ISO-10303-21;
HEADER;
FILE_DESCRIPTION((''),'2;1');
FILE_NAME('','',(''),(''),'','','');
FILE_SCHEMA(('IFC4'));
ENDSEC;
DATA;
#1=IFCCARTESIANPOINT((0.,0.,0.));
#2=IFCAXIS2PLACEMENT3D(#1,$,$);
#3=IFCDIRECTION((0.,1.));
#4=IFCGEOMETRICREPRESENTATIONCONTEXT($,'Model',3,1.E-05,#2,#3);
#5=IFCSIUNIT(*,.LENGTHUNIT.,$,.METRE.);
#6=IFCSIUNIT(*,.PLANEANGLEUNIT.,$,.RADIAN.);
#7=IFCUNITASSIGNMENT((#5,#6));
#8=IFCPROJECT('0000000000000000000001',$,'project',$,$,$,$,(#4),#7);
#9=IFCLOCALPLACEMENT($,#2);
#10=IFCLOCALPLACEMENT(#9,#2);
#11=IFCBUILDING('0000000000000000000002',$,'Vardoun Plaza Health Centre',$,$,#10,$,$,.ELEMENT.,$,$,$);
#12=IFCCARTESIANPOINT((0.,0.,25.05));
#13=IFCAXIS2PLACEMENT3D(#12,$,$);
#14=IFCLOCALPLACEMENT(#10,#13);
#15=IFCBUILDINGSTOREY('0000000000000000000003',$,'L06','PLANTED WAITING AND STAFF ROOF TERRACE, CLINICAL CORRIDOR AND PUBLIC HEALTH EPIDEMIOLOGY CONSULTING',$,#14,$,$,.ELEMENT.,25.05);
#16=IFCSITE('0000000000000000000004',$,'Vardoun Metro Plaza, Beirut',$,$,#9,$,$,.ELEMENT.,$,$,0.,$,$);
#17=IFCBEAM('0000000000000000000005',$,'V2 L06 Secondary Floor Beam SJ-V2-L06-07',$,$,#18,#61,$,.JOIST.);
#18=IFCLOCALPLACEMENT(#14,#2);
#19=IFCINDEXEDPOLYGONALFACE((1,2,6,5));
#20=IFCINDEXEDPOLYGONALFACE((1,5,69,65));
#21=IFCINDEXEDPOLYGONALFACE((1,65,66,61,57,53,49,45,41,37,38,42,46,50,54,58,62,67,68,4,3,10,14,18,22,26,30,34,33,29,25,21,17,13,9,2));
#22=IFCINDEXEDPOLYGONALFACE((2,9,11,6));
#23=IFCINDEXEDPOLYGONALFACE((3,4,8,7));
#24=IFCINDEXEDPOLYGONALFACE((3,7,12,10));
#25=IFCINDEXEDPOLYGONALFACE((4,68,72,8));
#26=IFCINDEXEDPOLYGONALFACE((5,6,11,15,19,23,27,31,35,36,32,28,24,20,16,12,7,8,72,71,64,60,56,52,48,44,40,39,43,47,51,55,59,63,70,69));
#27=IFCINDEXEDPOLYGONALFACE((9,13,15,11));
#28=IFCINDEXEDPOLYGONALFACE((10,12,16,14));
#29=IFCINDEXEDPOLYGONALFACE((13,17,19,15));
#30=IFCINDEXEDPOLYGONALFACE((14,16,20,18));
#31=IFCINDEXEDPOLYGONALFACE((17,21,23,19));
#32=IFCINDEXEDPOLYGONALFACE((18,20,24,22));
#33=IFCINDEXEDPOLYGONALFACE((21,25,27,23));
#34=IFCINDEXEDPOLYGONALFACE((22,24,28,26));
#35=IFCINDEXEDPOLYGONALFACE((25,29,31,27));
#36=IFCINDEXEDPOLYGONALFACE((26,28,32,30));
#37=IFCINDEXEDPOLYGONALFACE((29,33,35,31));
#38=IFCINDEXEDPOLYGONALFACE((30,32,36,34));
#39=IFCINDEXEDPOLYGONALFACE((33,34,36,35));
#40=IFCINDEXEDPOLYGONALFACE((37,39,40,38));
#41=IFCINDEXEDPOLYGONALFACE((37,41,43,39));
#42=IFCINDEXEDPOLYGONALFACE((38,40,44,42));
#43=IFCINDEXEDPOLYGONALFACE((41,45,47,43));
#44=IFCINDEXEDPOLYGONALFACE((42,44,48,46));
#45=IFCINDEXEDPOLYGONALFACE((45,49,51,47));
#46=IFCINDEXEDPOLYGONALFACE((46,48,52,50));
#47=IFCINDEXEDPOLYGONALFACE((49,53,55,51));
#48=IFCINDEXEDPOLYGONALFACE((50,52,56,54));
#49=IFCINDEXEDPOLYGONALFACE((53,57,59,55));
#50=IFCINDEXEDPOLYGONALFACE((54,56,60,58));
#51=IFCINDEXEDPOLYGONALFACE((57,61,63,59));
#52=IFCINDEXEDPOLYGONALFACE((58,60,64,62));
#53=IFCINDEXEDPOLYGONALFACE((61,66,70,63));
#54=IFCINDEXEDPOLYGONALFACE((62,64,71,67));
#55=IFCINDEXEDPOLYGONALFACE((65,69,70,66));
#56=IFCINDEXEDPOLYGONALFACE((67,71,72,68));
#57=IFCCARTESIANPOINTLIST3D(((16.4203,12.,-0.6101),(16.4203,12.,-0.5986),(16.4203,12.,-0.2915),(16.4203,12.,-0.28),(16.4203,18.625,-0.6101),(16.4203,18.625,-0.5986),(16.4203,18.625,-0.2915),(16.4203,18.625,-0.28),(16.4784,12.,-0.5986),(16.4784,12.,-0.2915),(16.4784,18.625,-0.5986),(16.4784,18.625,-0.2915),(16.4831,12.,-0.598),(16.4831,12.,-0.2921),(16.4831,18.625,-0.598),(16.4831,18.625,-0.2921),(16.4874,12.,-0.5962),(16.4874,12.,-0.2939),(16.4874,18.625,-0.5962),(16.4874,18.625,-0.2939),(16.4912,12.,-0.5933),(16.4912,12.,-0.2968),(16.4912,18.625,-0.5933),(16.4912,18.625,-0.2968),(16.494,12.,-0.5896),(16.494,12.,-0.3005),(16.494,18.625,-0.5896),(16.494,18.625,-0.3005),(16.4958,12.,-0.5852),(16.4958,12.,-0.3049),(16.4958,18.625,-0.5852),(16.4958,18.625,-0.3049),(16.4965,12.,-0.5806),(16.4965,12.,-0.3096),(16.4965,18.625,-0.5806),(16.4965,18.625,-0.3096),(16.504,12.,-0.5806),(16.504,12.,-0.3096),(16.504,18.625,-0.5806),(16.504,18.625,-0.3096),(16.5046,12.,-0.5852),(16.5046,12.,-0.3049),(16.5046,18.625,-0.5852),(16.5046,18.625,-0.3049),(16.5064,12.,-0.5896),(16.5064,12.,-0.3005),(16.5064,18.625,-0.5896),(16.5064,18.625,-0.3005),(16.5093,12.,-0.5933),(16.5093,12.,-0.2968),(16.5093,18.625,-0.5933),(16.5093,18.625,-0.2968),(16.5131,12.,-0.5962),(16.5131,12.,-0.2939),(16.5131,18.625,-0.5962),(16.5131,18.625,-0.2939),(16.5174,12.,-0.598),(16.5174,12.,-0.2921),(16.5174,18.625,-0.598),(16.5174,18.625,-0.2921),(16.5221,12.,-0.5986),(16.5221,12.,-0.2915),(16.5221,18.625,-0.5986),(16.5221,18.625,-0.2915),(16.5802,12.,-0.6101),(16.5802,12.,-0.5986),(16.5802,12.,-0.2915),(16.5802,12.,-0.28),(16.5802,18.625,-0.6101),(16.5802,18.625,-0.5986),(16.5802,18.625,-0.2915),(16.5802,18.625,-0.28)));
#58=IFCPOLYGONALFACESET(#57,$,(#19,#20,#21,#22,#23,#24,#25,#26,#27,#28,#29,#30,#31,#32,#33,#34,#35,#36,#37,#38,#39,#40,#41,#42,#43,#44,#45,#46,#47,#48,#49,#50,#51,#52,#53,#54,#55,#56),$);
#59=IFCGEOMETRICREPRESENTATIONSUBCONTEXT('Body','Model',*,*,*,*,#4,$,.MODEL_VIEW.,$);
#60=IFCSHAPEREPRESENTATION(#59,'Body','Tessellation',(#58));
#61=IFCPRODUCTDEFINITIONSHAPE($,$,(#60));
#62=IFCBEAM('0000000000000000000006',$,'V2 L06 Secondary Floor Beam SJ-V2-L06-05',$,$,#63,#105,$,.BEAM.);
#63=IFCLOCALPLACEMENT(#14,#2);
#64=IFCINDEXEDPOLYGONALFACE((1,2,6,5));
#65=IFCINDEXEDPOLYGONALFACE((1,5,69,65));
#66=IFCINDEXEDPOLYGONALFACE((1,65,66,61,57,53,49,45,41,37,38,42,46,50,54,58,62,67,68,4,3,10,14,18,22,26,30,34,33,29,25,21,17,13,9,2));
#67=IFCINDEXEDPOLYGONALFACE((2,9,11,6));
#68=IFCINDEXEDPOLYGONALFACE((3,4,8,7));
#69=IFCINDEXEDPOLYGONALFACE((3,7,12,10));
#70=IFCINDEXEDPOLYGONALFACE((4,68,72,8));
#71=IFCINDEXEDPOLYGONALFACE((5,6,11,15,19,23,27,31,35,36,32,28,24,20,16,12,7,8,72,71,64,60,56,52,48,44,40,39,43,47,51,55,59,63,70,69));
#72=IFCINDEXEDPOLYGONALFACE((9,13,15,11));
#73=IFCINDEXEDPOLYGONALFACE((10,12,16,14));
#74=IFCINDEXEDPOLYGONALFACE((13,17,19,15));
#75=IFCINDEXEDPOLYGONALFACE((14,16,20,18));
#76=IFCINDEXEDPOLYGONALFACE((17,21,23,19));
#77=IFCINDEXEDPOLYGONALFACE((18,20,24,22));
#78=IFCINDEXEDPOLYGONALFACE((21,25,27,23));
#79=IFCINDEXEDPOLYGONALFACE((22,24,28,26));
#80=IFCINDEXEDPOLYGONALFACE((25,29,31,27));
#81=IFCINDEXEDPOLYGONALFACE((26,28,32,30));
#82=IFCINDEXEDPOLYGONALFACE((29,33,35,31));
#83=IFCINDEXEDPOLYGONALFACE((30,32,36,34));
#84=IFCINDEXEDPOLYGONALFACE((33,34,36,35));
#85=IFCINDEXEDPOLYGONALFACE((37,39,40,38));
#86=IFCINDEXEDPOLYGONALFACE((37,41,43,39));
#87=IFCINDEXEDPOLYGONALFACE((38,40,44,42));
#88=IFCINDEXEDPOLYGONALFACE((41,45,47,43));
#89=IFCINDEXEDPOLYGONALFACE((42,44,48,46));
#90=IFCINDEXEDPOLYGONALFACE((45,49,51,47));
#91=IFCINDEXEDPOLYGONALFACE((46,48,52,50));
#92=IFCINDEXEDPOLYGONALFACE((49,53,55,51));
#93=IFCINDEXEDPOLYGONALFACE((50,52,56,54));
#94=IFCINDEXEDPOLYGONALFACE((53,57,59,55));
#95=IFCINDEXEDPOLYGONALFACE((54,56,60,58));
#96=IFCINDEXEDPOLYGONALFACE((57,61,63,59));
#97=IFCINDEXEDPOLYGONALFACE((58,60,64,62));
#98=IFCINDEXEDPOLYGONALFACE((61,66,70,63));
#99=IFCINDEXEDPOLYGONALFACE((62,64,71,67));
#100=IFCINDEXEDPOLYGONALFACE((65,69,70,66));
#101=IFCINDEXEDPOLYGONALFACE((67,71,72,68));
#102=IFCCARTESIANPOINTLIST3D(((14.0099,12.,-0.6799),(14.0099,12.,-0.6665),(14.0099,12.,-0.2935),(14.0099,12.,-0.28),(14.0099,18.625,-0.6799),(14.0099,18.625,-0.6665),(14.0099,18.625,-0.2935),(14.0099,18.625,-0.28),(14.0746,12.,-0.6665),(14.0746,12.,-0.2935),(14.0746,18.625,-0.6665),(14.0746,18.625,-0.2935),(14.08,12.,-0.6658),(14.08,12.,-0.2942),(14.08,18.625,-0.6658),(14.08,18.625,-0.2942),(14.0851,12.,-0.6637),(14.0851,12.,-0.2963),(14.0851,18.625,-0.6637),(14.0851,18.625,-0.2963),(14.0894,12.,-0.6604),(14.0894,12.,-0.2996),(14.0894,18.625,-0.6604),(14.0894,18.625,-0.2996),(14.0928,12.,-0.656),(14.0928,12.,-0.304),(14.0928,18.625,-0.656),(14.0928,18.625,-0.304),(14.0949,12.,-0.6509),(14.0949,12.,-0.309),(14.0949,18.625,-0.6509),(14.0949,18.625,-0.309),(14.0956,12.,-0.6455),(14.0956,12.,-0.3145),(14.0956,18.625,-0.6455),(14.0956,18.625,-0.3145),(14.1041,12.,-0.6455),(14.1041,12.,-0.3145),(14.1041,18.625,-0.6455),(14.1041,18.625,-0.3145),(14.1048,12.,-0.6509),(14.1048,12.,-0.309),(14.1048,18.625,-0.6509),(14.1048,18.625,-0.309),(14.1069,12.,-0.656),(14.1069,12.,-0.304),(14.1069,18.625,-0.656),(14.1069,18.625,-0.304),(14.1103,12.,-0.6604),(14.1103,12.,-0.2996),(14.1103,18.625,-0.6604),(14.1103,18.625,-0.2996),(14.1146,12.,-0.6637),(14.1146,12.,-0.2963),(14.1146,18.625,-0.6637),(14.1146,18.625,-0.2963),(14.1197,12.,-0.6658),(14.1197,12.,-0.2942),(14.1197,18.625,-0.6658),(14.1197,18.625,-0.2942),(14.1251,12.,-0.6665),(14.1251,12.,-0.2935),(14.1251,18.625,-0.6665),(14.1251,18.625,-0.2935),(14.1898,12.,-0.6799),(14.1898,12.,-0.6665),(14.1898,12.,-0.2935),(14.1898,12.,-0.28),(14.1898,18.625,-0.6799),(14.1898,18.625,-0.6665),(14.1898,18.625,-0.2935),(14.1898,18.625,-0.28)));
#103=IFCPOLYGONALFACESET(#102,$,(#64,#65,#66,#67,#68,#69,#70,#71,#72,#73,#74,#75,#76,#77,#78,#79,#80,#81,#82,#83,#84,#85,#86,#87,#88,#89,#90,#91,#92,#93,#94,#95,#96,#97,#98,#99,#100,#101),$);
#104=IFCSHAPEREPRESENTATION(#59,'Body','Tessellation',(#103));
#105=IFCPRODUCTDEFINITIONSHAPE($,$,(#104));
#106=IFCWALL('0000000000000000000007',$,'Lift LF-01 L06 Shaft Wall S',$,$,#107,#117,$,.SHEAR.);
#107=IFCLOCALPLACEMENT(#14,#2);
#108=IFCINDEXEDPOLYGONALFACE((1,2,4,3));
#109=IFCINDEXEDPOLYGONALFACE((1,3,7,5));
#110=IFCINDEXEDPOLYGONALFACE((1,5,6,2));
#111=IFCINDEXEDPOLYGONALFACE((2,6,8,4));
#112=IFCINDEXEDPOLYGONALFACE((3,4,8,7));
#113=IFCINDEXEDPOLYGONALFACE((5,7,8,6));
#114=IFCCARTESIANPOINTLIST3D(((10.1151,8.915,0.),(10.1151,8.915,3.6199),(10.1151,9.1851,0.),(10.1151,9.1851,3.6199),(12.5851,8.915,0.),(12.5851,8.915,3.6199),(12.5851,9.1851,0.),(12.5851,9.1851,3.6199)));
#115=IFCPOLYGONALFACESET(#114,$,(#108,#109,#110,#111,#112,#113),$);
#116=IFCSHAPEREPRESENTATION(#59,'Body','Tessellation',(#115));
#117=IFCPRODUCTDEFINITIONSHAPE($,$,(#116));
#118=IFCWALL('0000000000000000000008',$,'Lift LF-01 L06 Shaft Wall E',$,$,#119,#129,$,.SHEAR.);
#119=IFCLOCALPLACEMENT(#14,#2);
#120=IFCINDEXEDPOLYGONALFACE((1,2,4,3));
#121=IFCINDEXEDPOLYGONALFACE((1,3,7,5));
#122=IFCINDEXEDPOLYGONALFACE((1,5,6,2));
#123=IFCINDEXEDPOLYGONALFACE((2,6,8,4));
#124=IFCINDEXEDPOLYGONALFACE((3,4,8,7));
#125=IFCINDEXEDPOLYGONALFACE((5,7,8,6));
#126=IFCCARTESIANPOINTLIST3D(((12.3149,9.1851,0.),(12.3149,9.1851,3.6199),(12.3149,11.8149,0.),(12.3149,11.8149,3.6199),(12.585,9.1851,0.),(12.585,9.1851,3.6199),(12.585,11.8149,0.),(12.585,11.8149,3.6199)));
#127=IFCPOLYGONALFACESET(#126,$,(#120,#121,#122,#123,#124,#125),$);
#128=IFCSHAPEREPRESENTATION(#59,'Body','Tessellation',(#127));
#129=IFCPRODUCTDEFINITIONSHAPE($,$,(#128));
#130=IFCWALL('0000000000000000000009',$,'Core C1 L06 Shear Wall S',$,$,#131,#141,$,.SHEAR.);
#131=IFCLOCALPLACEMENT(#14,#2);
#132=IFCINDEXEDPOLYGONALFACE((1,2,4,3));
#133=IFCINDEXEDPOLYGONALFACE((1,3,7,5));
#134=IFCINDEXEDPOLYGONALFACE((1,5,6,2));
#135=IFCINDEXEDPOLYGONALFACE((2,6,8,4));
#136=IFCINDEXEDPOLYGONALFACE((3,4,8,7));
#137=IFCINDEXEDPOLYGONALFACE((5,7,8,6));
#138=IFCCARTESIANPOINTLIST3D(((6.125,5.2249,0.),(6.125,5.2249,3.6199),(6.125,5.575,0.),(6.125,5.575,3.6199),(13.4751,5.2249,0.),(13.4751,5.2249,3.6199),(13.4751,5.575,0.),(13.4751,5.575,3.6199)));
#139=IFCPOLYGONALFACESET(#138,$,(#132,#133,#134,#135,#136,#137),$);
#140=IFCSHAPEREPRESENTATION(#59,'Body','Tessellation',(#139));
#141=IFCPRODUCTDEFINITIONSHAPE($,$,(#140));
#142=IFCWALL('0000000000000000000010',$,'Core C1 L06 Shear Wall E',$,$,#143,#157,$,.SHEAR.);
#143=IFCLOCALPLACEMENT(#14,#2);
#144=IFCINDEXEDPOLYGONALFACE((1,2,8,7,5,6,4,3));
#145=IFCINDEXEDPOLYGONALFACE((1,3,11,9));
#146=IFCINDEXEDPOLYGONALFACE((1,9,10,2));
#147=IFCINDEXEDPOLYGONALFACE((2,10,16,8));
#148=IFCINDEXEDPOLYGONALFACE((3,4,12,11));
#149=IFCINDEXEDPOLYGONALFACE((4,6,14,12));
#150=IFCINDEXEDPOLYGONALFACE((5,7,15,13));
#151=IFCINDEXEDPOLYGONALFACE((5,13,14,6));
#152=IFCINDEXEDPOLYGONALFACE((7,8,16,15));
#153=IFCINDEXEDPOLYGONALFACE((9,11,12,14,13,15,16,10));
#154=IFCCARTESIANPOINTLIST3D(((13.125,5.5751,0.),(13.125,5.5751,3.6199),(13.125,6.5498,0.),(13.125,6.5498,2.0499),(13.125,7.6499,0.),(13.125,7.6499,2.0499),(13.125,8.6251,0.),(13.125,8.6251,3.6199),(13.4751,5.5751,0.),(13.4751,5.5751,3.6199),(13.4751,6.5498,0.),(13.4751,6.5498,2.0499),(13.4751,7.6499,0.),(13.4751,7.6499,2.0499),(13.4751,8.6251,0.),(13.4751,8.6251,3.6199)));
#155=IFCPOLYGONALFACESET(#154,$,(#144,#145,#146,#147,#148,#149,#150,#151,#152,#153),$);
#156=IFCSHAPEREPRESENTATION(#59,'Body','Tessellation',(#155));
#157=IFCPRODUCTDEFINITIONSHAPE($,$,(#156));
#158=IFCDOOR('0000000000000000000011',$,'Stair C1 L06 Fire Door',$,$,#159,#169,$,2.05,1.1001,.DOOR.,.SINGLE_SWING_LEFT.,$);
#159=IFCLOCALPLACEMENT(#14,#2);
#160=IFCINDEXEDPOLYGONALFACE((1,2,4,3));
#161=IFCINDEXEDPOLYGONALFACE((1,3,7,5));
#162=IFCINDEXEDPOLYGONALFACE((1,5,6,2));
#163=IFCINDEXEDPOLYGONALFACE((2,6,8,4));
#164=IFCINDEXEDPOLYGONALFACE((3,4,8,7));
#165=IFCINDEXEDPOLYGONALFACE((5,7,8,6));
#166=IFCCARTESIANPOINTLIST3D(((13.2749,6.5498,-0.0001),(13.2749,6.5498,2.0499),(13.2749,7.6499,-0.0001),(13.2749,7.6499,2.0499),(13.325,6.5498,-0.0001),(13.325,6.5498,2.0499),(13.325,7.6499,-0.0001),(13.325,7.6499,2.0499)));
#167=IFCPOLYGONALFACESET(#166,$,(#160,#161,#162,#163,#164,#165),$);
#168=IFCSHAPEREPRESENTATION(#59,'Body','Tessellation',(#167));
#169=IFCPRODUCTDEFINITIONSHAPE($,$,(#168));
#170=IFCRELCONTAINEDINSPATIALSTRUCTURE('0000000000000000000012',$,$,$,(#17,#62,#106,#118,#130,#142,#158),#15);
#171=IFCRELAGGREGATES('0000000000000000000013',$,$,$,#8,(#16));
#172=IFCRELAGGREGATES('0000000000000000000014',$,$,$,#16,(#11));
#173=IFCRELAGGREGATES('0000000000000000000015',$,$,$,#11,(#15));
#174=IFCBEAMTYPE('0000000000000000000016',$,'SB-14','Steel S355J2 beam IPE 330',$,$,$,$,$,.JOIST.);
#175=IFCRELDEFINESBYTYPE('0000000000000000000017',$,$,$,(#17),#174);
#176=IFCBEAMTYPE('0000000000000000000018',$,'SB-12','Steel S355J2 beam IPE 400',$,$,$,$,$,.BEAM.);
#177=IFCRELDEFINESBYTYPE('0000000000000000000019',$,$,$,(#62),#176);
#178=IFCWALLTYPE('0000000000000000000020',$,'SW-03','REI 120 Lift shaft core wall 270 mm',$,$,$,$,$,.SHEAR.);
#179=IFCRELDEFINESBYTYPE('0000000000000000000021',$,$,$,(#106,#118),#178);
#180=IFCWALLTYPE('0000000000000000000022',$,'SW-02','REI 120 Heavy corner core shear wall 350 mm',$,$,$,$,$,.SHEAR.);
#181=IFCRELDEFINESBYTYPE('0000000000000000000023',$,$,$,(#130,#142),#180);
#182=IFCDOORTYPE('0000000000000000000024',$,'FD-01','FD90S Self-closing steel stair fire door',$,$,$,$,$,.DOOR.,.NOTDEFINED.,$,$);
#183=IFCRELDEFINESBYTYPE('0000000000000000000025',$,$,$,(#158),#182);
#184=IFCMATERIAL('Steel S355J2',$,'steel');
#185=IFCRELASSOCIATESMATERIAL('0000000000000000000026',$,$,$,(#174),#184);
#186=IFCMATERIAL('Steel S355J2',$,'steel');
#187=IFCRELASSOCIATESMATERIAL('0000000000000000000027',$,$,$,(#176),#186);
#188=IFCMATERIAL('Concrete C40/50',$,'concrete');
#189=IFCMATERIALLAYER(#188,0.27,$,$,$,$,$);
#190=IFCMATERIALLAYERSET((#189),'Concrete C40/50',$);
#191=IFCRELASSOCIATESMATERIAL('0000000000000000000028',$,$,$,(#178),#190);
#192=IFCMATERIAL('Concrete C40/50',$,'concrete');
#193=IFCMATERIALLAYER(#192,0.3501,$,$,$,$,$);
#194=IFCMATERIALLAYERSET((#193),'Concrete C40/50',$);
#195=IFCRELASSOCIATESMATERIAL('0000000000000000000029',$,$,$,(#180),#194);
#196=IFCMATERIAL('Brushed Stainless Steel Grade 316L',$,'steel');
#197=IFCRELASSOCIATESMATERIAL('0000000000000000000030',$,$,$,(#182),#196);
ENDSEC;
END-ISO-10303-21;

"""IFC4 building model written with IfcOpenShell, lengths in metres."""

from ifc_helpers import new_model, si_unit, direction, frame, frame_2d, origin, origin_2d, place, context, subcontext, project, spatial, rectangle, i_section, extrude, material, layer, layer_set, material_profile, profile_set, type_object, element, fill, save


model = new_model("IFC4")

# Units and contexts
model_context = context("Model", 3, precision=1e-05, world=origin(), true_north=direction((0.0, 1.0)))
body_context = subcontext(model_context, "Body", "Model", "MODEL_VIEW")
ifc_project = project(units=[si_unit("LENGTHUNIT", "METRE"), si_unit("PLANEANGLEUNIT", "RADIAN")], contexts=[model_context])

# Site, building, storey
site_placement = place(None, origin())
site = spatial("IfcSite", under=ifc_project, at=site_placement, Name="Vardoun Metro Plaza, Beirut", CompositionType="ELEMENT", RefElevation=0.0)
building_placement = place(site_placement, origin())
building = spatial("IfcBuilding", under=site, at=building_placement, Name="Vardoun Plaza Health Centre", CompositionType="ELEMENT")
storey_placement = place(building_placement, frame((0.0, 0.0, 25.05)))
storey = spatial("IfcBuildingStorey", under=building, at=storey_placement, Name="L06", Description="PLANTED WAITING AND STAFF ROOF TERRACE, CLINICAL CORRIDOR AND PUBLIC HEALTH EPIDEMIOLOGY CONSULTING", CompositionType="ELEMENT", Elevation=25.05)

# Beams
ifc_material_1 = material(Name="Steel S355J2", Category="steel")
ifc_material_profile_1 = material_profile(ifc_material_1, i_section(OverallWidth=0.1599, OverallDepth=0.3301, WebThickness=0.0076, FlangeThickness=0.0115, FilletRadius=0.0181, at=origin_2d()), Name="IPE 330")
ifc_profile_set_1 = profile_set([ifc_material_profile_1], Name="Steel S355J2")
beam_type_1 = type_object("IfcBeamType", Name="SB-14", Description="Steel S355J2 beam IPE 330", PredefinedType="JOIST", material=ifc_profile_set_1)
beam_1_placement = place(storey_placement, frame((16.5002, 12.0, -0.4451), z_axis=(0.0, 1.0, 0.0), x_axis=(-1.0, 0.0, 0.0)))
element("IfcBeam", 1, at=beam_1_placement, inside=storey, type_object=beam_type_1, Name="V2 L06 Secondary Floor Beam SJ-V2-L06-07", PredefinedType="JOIST", context=body_context, shape_type="SweptSolid", body=[
    extrude(i_section(OverallWidth=0.1599, OverallDepth=0.3301, WebThickness=0.0076, FlangeThickness=0.0115, FilletRadius=0.0181, at=origin_2d()), origin(), (0.0, 0.0, 1.0), 6.625),
])
ifc_material_2 = material(Name="Steel S355J2", Category="steel")
ifc_material_profile_2 = material_profile(ifc_material_2, i_section(OverallWidth=0.1799, OverallDepth=0.3999, WebThickness=0.0085, FlangeThickness=0.0134, FilletRadius=0.021, at=origin_2d()), Name="IPE 400")
ifc_profile_set_2 = profile_set([ifc_material_profile_2], Name="Steel S355J2")
beam_type_2 = type_object("IfcBeamType", Name="SB-12", Description="Steel S355J2 beam IPE 400", PredefinedType="BEAM", material=ifc_profile_set_2)
beam_2_placement = place(storey_placement, frame((14.0999, 12.0, -0.48), z_axis=(0.0, 1.0, 0.0), x_axis=(-1.0, 0.0, 0.0)))
element("IfcBeam", 2, at=beam_2_placement, inside=storey, type_object=beam_type_2, Name="V2 L06 Secondary Floor Beam SJ-V2-L06-05", PredefinedType="BEAM", context=body_context, shape_type="SweptSolid", body=[
    extrude(i_section(OverallWidth=0.1799, OverallDepth=0.3999, WebThickness=0.0085, FlangeThickness=0.0134, FilletRadius=0.021, at=origin_2d()), origin(), (0.0, 0.0, 1.0), 6.625),
])

# Walls
ifc_material_3 = material(Name="Concrete C40/50", Category="concrete")
ifc_layer_1 = layer(ifc_material_3, 0.27)
ifc_layer_set_1 = layer_set([ifc_layer_1], Name="Concrete C40/50")
wall_type_1 = type_object("IfcWallType", Name="SW-03", Description="REI 120 Lift shaft core wall 270 mm", PredefinedType="SHEAR", material=ifc_layer_set_1)
wall_1_placement = place(storey_placement, frame((12.585, 9.05, 0.0), z_axis=(0.0, 0.0, 1.0), x_axis=(-1.0, 0.0, 0.0)))
element("IfcWall", 3, at=wall_1_placement, inside=storey, type_object=wall_type_1, Name="Lift LF-01 L06 Shaft Wall S", PredefinedType="SHEAR", context=body_context, shape_type="SweptSolid", body=[
    extrude(rectangle(XDim=2.47, YDim=0.27, at=frame_2d((1.2349, 0.0))), origin(), (0.0, 0.0, 1.0), 3.6199),
])
wall_2_placement = place(storey_placement, frame((12.45, 11.8149, 0.0), z_axis=(0.0, 0.0, 1.0), x_axis=(0.0, -1.0, 0.0)))
element("IfcWall", 4, at=wall_2_placement, inside=storey, type_object=wall_type_1, Name="Lift LF-01 L06 Shaft Wall E", PredefinedType="SHEAR", context=body_context, shape_type="SweptSolid", body=[
    extrude(rectangle(XDim=2.6299, YDim=0.27, at=frame_2d((1.3149, 0.0))), origin(), (0.0, 0.0, 1.0), 3.6199),
])
ifc_material_4 = material(Name="Concrete C40/50", Category="concrete")
ifc_layer_2 = layer(ifc_material_4, 0.3501)
ifc_layer_set_2 = layer_set([ifc_layer_2], Name="Concrete C40/50")
wall_type_2 = type_object("IfcWallType", Name="SW-02", Description="REI 120 Heavy corner core shear wall 350 mm", PredefinedType="SHEAR", material=ifc_layer_set_2)
wall_3_placement = place(storey_placement, frame((13.4751, 5.3999, 0.0), z_axis=(0.0, 0.0, 1.0), x_axis=(-1.0, 0.0, 0.0)))
element("IfcWall", 5, at=wall_3_placement, inside=storey, type_object=wall_type_2, Name="Core C1 L06 Shear Wall S", PredefinedType="SHEAR", context=body_context, shape_type="SweptSolid", body=[
    extrude(rectangle(XDim=7.3501, YDim=0.3501, at=frame_2d((3.675, 0.0))), origin(), (0.0, 0.0, 1.0), 3.6199),
])

# Wall, opening, door
wall_4_placement = place(storey_placement, frame((13.3, 8.625, 0.0), z_axis=(0.0, 0.0, 1.0), x_axis=(0.0, -1.0, 0.0)))
wall_4 = element("IfcWall", 6, at=wall_4_placement, inside=storey, type_object=wall_type_2, Name="Core C1 L06 Shear Wall E", PredefinedType="SHEAR", context=body_context, shape_type="SweptSolid", body=[
    extrude(rectangle(XDim=3.05, YDim=0.3501, at=frame_2d((1.5249, 0.0))), origin(), (0.0, 0.0, 1.0), 3.6199),
])
opening_1_placement = place(wall_4_placement, frame((0.9751, 0.0, 0.0)))
opening_1 = element("IfcOpeningElement", 7, at=opening_1_placement, cuts=wall_4, PredefinedType="OPENING", context=body_context, shape_type="SweptSolid", body=[
    extrude(rectangle(XDim=1.1001, YDim=2.05, at=frame_2d((0.55, 1.0249))), frame((0.0, 0.175, 0.0), z_axis=(0.0, -1.0, 0.0), x_axis=(1.0, 0.0, 0.0)), (0.0, 0.0, 1.0), 0.3501),
])
ifc_material_5 = material(Name="Brushed Stainless Steel Grade 316L", Category="steel")
door_type_1 = type_object("IfcDoorType", Name="FD-01", Description="FD90S Self-closing steel stair fire door", OperationType="NOTDEFINED", PredefinedType="DOOR", material=ifc_material_5)
door_1_placement = place(opening_1_placement, origin())
door_1 = element("IfcDoor", 8, at=door_1_placement, inside=storey, type_object=door_type_1, Name="Stair C1 L06 Fire Door", OperationType="SINGLE_SWING_LEFT", OverallHeight=2.05, OverallWidth=1.1001, PredefinedType="DOOR", context=body_context, shape_type="SweptSolid", body=[
    extrude(rectangle(XDim=1.1001, YDim=2.05, at=frame_2d((0.55, 1.0249))), frame((0.0, 0.0249, 0.0), z_axis=(0.0, -1.0, 0.0), x_axis=(1.0, 0.0, 0.0)), (0.0, 0.0, 1.0), 0.05),
])
fill(opening_1, door_1)

save(model, "model.ifc")
